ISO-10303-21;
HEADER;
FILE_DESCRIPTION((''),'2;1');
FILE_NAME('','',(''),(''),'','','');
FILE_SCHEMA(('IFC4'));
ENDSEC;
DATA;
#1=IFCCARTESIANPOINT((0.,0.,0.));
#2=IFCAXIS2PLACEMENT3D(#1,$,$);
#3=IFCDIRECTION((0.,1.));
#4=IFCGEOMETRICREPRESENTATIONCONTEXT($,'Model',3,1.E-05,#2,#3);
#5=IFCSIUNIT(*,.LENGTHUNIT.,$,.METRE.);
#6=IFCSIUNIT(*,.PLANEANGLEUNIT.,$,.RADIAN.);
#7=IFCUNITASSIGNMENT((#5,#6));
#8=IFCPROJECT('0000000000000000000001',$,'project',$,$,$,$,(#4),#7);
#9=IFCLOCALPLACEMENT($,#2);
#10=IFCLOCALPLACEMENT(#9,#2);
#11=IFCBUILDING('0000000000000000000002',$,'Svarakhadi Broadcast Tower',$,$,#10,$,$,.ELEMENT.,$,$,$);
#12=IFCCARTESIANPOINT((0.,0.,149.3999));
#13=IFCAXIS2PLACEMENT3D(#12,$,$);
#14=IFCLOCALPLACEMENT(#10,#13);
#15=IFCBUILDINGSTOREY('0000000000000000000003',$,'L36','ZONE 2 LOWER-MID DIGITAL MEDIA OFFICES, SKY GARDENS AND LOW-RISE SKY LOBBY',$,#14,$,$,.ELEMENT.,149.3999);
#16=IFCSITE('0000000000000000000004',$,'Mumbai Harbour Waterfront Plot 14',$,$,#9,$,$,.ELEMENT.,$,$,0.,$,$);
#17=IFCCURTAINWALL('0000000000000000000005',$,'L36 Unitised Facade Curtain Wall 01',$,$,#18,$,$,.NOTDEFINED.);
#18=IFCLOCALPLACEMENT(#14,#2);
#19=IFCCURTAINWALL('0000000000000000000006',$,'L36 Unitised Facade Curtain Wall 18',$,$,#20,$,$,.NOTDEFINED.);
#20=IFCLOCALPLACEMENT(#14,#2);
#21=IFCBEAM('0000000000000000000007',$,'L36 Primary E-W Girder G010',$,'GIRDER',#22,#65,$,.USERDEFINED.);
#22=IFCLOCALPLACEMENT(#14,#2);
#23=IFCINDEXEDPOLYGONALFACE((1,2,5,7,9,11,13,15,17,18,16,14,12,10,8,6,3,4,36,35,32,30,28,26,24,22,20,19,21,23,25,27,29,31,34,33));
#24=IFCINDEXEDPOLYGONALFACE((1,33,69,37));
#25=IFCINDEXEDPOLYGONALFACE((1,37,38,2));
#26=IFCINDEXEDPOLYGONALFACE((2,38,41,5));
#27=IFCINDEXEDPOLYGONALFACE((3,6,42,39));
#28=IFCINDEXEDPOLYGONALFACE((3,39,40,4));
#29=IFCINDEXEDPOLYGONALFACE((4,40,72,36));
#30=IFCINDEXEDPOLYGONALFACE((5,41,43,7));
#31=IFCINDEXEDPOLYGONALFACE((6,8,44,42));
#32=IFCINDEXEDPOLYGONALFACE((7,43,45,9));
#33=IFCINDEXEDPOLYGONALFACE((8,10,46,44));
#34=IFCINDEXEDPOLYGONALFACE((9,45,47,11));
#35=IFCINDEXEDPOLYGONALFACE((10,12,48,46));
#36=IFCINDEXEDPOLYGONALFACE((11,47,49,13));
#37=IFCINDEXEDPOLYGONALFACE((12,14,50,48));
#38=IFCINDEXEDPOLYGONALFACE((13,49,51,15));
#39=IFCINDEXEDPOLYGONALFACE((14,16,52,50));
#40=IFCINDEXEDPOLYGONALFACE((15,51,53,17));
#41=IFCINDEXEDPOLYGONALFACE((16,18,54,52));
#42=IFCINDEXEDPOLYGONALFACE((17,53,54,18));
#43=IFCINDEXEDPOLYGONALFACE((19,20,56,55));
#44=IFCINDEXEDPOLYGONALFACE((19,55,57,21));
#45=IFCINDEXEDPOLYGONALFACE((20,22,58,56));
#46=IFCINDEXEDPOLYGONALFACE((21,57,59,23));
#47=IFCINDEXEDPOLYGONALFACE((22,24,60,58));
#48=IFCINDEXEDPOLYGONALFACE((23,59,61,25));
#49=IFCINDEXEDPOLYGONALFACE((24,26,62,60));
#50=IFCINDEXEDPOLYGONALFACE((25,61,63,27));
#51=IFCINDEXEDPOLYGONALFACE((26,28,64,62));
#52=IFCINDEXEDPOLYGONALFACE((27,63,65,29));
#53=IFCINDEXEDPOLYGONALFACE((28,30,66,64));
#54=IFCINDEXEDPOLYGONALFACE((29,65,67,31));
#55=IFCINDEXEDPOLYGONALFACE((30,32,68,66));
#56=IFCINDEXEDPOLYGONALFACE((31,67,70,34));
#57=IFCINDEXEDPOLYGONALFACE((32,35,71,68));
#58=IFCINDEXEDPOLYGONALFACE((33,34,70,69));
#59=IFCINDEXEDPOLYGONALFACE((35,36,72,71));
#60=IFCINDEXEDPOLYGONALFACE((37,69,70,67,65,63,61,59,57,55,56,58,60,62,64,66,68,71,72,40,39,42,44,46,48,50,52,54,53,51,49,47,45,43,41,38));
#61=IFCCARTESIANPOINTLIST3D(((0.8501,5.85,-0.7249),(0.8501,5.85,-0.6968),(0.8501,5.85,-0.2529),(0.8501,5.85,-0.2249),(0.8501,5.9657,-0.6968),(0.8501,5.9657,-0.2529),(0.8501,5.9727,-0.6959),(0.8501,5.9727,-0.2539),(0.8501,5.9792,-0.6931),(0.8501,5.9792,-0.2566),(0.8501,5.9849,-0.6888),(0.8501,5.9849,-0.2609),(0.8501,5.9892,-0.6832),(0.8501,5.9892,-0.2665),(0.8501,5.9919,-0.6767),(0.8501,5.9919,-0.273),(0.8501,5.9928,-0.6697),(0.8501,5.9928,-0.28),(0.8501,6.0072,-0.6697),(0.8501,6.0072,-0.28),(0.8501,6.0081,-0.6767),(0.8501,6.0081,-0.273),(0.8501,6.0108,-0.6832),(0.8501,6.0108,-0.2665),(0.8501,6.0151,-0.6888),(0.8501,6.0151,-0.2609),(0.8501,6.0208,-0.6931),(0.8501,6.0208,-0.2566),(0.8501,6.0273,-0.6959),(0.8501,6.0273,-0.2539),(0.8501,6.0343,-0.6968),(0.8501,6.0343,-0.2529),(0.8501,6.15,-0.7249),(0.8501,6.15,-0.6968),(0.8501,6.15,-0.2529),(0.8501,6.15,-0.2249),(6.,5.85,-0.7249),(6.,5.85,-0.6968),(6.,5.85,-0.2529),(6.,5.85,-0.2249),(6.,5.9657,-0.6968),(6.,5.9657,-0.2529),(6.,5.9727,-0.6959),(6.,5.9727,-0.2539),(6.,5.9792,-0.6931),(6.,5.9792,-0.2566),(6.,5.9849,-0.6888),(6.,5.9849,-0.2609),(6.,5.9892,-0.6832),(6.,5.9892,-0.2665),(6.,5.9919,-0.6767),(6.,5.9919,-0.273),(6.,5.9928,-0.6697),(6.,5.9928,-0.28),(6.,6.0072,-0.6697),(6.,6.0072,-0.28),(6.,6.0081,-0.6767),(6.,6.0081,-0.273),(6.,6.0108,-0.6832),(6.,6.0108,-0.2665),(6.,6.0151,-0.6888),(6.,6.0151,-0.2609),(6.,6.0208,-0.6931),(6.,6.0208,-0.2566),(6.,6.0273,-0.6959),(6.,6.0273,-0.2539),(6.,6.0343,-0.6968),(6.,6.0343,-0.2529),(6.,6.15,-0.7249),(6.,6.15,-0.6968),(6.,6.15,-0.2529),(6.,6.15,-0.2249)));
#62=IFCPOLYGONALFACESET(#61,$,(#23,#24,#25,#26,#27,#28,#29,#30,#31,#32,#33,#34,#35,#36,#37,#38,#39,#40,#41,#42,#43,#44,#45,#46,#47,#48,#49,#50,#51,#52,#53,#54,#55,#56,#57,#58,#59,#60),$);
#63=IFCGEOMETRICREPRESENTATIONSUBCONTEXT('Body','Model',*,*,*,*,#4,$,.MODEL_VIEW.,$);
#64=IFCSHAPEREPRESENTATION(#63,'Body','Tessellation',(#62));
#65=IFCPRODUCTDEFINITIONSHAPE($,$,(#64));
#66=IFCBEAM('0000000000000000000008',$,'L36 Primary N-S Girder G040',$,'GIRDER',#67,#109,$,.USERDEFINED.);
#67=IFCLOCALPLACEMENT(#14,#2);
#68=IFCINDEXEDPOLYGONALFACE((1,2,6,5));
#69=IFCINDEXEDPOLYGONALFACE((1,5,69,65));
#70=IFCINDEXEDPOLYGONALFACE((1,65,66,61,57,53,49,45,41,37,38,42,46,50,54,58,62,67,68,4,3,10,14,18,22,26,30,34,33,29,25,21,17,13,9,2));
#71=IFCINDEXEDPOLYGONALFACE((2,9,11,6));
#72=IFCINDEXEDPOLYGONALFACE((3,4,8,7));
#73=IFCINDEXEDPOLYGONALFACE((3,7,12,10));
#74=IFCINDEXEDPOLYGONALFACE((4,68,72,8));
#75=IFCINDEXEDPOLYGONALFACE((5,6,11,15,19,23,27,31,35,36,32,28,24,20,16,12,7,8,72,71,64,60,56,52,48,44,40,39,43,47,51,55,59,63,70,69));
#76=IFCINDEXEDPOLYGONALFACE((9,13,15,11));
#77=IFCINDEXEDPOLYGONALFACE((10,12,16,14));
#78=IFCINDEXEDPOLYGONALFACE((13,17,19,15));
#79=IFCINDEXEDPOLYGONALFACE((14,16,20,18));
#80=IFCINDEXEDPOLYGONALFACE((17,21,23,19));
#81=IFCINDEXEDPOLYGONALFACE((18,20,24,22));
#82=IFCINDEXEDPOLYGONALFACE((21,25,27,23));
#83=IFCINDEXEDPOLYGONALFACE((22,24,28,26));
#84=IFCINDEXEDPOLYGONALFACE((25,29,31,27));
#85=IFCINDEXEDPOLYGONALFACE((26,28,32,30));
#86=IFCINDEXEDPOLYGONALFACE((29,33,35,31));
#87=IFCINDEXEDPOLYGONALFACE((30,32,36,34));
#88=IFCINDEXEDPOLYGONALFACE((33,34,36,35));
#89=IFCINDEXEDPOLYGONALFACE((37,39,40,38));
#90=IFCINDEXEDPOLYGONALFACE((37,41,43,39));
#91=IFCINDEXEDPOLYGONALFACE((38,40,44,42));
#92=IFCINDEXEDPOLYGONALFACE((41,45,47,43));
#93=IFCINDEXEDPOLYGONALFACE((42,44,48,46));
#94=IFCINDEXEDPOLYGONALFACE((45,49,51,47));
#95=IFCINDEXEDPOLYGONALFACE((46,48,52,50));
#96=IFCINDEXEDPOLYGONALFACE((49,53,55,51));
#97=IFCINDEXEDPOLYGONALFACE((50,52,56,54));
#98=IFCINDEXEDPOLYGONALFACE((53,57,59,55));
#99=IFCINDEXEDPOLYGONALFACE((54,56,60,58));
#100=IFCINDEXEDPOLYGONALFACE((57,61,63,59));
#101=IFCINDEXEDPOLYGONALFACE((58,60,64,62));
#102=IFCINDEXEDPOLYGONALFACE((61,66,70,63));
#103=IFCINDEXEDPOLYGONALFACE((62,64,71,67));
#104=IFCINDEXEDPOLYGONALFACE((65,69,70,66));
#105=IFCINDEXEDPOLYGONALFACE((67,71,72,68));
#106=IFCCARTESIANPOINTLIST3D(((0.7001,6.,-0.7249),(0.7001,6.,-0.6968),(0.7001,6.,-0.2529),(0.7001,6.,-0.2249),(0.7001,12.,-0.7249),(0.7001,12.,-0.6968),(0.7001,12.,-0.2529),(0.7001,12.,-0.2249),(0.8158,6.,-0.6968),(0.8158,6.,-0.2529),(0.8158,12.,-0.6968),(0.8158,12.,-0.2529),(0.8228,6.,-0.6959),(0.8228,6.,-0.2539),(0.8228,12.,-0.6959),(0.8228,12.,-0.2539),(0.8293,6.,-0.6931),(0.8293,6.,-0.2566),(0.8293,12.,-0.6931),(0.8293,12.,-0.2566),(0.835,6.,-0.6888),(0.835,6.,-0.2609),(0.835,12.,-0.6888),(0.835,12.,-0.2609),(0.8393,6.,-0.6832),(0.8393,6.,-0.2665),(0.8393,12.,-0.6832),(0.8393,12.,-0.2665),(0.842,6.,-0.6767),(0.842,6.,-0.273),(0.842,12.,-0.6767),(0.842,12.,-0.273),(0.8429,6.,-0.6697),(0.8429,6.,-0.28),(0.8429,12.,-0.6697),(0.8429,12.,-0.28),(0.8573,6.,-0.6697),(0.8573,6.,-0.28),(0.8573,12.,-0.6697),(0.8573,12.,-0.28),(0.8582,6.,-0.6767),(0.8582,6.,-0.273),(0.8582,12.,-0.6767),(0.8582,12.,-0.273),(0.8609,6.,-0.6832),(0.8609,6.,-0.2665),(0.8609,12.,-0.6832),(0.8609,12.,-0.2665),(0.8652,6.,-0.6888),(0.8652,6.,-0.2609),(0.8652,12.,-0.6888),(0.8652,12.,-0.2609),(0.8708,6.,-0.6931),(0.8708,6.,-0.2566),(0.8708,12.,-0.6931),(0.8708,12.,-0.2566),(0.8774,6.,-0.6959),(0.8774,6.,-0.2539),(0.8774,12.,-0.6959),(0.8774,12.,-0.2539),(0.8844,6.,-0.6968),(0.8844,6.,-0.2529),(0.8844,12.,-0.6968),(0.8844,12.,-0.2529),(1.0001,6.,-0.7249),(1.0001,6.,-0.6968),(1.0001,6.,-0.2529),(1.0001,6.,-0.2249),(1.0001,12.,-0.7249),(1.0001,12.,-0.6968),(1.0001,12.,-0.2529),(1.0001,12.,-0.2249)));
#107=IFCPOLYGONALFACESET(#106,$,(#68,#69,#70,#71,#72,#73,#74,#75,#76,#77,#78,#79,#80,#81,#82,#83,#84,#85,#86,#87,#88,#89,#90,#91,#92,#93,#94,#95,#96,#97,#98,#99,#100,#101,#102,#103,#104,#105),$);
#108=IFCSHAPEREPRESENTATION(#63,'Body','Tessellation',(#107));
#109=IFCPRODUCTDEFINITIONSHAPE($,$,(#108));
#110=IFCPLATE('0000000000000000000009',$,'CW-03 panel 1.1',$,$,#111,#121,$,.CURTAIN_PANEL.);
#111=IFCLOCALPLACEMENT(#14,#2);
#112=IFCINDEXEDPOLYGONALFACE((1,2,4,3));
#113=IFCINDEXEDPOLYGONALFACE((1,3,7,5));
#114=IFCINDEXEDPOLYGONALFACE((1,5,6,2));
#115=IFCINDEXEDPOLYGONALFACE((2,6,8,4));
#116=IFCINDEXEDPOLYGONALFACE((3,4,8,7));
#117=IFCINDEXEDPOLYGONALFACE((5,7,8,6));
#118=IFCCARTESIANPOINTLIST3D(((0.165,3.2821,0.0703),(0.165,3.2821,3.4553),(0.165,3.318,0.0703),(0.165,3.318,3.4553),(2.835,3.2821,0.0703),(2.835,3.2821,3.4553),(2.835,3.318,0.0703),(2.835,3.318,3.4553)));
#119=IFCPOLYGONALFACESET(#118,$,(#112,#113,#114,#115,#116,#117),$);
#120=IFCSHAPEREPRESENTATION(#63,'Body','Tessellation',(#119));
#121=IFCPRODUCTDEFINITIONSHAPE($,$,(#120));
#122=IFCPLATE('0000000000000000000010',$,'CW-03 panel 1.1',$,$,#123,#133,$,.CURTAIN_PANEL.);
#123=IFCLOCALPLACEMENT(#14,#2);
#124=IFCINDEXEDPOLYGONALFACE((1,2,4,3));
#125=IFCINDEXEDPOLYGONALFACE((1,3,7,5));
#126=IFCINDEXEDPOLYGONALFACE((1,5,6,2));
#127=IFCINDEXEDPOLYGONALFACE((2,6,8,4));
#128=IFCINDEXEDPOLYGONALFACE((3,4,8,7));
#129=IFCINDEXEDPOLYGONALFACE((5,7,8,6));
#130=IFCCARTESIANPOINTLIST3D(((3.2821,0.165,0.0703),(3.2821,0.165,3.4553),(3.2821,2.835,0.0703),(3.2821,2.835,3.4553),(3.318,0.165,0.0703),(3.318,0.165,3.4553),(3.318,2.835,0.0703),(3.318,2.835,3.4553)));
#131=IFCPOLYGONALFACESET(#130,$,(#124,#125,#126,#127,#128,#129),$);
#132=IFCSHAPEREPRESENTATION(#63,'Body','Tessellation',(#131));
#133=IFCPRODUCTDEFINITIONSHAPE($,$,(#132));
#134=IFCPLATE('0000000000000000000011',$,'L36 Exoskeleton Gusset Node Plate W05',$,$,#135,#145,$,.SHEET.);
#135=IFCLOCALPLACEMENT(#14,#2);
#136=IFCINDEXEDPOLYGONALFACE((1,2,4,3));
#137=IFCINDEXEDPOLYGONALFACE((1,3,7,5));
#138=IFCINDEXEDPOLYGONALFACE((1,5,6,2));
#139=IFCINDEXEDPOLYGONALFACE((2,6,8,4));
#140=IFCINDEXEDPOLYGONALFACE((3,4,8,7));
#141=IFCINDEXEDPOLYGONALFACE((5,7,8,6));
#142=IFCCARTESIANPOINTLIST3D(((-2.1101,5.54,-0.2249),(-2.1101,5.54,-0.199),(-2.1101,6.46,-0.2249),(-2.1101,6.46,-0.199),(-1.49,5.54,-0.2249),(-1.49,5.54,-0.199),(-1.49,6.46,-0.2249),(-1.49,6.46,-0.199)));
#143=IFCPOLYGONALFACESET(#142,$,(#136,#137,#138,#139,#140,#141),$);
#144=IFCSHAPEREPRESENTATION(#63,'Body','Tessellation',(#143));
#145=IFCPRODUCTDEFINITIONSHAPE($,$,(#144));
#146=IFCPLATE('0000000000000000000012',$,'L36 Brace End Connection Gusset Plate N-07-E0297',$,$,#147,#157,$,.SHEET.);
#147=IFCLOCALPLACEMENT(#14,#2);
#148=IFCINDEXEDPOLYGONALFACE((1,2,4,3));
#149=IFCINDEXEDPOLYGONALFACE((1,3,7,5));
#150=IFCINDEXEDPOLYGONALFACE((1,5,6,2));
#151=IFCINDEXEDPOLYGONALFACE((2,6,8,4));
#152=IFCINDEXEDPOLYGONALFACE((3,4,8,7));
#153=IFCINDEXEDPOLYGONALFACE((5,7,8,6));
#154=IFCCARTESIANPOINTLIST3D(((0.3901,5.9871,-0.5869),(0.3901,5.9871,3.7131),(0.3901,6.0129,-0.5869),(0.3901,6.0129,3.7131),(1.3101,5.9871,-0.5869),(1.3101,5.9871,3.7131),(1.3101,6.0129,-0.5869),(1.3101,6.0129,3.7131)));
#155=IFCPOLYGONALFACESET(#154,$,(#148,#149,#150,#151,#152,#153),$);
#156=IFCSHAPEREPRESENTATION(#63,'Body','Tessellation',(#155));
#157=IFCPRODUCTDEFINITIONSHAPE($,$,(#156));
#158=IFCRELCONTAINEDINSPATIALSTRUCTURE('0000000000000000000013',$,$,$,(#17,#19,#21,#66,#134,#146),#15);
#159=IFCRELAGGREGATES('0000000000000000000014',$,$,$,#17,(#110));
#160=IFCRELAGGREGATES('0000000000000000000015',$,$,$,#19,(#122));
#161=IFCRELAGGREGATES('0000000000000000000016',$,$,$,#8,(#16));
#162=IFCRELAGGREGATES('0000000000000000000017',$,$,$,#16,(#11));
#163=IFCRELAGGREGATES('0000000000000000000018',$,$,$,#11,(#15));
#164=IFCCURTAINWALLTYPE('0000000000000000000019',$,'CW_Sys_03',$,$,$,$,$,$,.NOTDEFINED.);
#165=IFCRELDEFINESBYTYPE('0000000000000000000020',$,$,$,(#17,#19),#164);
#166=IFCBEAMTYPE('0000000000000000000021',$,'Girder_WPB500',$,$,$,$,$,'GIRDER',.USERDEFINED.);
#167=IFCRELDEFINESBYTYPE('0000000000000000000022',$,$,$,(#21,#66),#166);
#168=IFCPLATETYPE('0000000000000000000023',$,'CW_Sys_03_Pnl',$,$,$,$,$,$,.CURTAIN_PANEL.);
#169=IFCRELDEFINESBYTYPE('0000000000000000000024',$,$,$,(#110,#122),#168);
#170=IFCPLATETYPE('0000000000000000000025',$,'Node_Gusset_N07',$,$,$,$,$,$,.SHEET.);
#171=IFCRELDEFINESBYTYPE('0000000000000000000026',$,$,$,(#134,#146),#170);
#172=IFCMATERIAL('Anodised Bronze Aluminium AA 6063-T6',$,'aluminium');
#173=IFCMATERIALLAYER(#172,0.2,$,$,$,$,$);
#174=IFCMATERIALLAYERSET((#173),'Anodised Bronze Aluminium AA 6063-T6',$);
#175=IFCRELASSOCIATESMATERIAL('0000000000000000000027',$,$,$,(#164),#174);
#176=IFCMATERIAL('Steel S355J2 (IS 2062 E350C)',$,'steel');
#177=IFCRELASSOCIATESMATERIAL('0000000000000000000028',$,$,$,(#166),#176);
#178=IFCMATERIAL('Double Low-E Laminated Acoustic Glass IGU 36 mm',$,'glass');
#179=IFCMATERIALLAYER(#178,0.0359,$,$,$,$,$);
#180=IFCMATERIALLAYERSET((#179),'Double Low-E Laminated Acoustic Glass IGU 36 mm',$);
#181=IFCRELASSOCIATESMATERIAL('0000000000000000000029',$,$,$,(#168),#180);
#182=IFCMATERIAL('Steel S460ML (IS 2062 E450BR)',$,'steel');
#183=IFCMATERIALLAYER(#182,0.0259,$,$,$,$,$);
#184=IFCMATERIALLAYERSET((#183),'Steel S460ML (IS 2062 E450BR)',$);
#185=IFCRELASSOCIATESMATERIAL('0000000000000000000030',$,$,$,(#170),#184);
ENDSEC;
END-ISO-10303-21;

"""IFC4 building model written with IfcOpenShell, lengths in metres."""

from ifc_helpers import new_model, si_unit, direction, frame, origin, origin_2d, place, context, subcontext, project, spatial, rectangle, i_section, extrude, material, layer, layer_set, material_profile, profile_set, type_object, element, aggregate, save


model = new_model("IFC4")

# Units and contexts
model_context = context("Model", 3, precision=1e-05, world=origin(), true_north=direction((0.0, 1.0)))
body_context = subcontext(model_context, "Body", "Model", "MODEL_VIEW")
ifc_project = project(units=[si_unit("LENGTHUNIT", "METRE"), si_unit("PLANEANGLEUNIT", "RADIAN")], contexts=[model_context])

# Site, building, storey
site_placement = place(None, origin())
site = spatial("IfcSite", under=ifc_project, at=site_placement, Name="Mumbai Harbour Waterfront Plot 14", CompositionType="ELEMENT", RefElevation=0.0)
building_placement = place(site_placement, origin())
building = spatial("IfcBuilding", under=site, at=building_placement, Name="Svarakhadi Broadcast Tower", CompositionType="ELEMENT")
storey_placement = place(building_placement, frame((0.0, 0.0, 149.3999)))
storey = spatial("IfcBuildingStorey", under=building, at=storey_placement, Name="L36", Description="ZONE 2 LOWER-MID DIGITAL MEDIA OFFICES, SKY GARDENS AND LOW-RISE SKY LOBBY", CompositionType="ELEMENT", Elevation=149.3999)

# Shared definitions
ifc_material_1 = material(Name="Steel S460ML (IS 2062 E450BR)", Category="steel")

# Curtain wall
ifc_material_2 = material(Name="Anodised Bronze Aluminium AA 6063-T6", Category="aluminium")
ifc_layer_1 = layer(ifc_material_2, 0.2)
ifc_layer_set_1 = layer_set([ifc_layer_1], Name="Anodised Bronze Aluminium AA 6063-T6")
curtain_wall_type = type_object("IfcCurtainWallType", Name="CW_Sys_03", PredefinedType="NOTDEFINED", material=ifc_layer_set_1)
curtain_wall_1_placement = place(storey_placement, origin())
curtain_wall_1 = element("IfcCurtainWall", 1, at=curtain_wall_1_placement, inside=storey, type_object=curtain_wall_type, Name="L36 Unitised Facade Curtain Wall 01", PredefinedType="NOTDEFINED")

# Curtain wall
curtain_wall_2_placement = place(storey_placement, origin())
curtain_wall_2 = element("IfcCurtainWall", 2, at=curtain_wall_2_placement, inside=storey, type_object=curtain_wall_type, Name="L36 Unitised Facade Curtain Wall 18", PredefinedType="NOTDEFINED")

# Beams
ifc_material_3 = material(Name="Steel S355J2 (IS 2062 E350C)", Category="steel")
ifc_material_profile_1 = material_profile(ifc_material_3, i_section(OverallWidth=0.3, OverallDepth=0.5, WebThickness=0.0144, FlangeThickness=0.0281, FilletRadius=0.0271, at=origin_2d()), Name="WPB 500x300x187")
ifc_profile_set_1 = profile_set([ifc_material_profile_1], Name="Steel S355J2 (IS 2062 E350C)")
beam_type = type_object("IfcBeamType", Name="Girder_WPB500", ElementType="GIRDER", PredefinedType="USERDEFINED", material=ifc_profile_set_1)
beam_1_placement = place(storey_placement, frame((0.8501, 6.0, -0.4749), z_axis=(1.0, 0.0, 0.0), x_axis=(0.0, 1.0, 0.0)))
element("IfcBeam", 3, at=beam_1_placement, inside=storey, type_object=beam_type, Name="L36 Primary E-W Girder G010", ObjectType="GIRDER", PredefinedType="USERDEFINED", context=body_context, shape_type="SweptSolid", body=[
    extrude(i_section(OverallWidth=0.3, OverallDepth=0.5, WebThickness=0.0144, FlangeThickness=0.0281, FilletRadius=0.0271, at=origin_2d()), origin(), (0.0, 0.0, 1.0), 5.1499),
])
beam_2_placement = place(storey_placement, frame((0.8501, 6.0, -0.4749), z_axis=(0.0, 1.0, 0.0), x_axis=(-1.0, 0.0, 0.0)))
element("IfcBeam", 4, at=beam_2_placement, inside=storey, type_object=beam_type, Name="L36 Primary N-S Girder G040", ObjectType="GIRDER", PredefinedType="USERDEFINED", context=body_context, shape_type="SweptSolid", body=[
    extrude(i_section(OverallWidth=0.3, OverallDepth=0.5, WebThickness=0.0144, FlangeThickness=0.0281, FilletRadius=0.0271, at=origin_2d()), origin(), (0.0, 0.0, 1.0), 6.0),
])

# Plates
ifc_material_4 = material(Name="Double Low-E Laminated Acoustic Glass IGU 36 mm", Category="glass")
ifc_layer_2 = layer(ifc_material_4, 0.0359)
ifc_layer_set_2 = layer_set([ifc_layer_2], Name="Double Low-E Laminated Acoustic Glass IGU 36 mm")
plate_type_1 = type_object("IfcPlateType", Name="CW_Sys_03_Pnl", PredefinedType="CURTAIN_PANEL", material=ifc_layer_set_2)
plate_1_placement = place(storey_placement, frame((1.5, 3.3, 0.0703), z_axis=(0.0, 0.0, 1.0), x_axis=(-1.0, 0.0, 0.0)))
plate_1 = element("IfcPlate", 5, at=plate_1_placement, type_object=plate_type_1, Name="CW-03 panel 1.1", PredefinedType="CURTAIN_PANEL", context=body_context, shape_type="SweptSolid", body=[
    extrude(rectangle(XDim=2.6699, YDim=0.0359, at=origin_2d()), origin(), (0.0, 0.0, 1.0), 3.385),
])
aggregate(curtain_wall_1, [plate_1])
plate_2_placement = place(storey_placement, frame((3.3, 1.5, 0.0703), z_axis=(0.0, 0.0, 1.0), x_axis=(0.0, 1.0, 0.0)))
plate_2 = element("IfcPlate", 6, at=plate_2_placement, type_object=plate_type_1, Name="CW-03 panel 1.1", PredefinedType="CURTAIN_PANEL", context=body_context, shape_type="SweptSolid", body=[
    extrude(rectangle(XDim=2.6699, YDim=0.0359, at=origin_2d()), origin(), (0.0, 0.0, 1.0), 3.385),
])
aggregate(curtain_wall_2, [plate_2])

# Plates
ifc_layer_3 = layer(ifc_material_1, 0.0259)
ifc_layer_set_3 = layer_set([ifc_layer_3], Name="Steel S460ML (IS 2062 E450BR)")
plate_type_2 = type_object("IfcPlateType", Name="Node_Gusset_N07", PredefinedType="SHEET", material=ifc_layer_set_3)
plate_3_placement = place(storey_placement, frame((-1.8, 6.0, -0.2249), z_axis=(0.0, 0.0, 1.0), x_axis=(0.0, 1.0, 0.0)))
element("IfcPlate", 7, at=plate_3_placement, inside=storey, type_object=plate_type_2, Name="L36 Exoskeleton Gusset Node Plate W05", PredefinedType="SHEET", context=body_context, shape_type="SweptSolid", body=[
    extrude(rectangle(XDim=0.9199, YDim=0.6201, at=origin_2d()), origin(), (0.0, 0.0, 1.0), 0.0259),
])
plate_4_placement = place(storey_placement, frame((0.8501, 6.0, -0.5869), z_axis=(0.0, 0.0, 1.0), x_axis=(1.0, 0.0, 0.0)))
element("IfcPlate", 8, at=plate_4_placement, inside=storey, type_object=plate_type_2, Name="L36 Brace End Connection Gusset Plate N-07-E0297", PredefinedType="SHEET", context=body_context, shape_type="SweptSolid", body=[
    extrude(rectangle(XDim=0.9199, YDim=0.0259, at=origin_2d()), origin(), (0.0, 0.0, 1.0), 4.3),
])

save(model, "model.ifc")
